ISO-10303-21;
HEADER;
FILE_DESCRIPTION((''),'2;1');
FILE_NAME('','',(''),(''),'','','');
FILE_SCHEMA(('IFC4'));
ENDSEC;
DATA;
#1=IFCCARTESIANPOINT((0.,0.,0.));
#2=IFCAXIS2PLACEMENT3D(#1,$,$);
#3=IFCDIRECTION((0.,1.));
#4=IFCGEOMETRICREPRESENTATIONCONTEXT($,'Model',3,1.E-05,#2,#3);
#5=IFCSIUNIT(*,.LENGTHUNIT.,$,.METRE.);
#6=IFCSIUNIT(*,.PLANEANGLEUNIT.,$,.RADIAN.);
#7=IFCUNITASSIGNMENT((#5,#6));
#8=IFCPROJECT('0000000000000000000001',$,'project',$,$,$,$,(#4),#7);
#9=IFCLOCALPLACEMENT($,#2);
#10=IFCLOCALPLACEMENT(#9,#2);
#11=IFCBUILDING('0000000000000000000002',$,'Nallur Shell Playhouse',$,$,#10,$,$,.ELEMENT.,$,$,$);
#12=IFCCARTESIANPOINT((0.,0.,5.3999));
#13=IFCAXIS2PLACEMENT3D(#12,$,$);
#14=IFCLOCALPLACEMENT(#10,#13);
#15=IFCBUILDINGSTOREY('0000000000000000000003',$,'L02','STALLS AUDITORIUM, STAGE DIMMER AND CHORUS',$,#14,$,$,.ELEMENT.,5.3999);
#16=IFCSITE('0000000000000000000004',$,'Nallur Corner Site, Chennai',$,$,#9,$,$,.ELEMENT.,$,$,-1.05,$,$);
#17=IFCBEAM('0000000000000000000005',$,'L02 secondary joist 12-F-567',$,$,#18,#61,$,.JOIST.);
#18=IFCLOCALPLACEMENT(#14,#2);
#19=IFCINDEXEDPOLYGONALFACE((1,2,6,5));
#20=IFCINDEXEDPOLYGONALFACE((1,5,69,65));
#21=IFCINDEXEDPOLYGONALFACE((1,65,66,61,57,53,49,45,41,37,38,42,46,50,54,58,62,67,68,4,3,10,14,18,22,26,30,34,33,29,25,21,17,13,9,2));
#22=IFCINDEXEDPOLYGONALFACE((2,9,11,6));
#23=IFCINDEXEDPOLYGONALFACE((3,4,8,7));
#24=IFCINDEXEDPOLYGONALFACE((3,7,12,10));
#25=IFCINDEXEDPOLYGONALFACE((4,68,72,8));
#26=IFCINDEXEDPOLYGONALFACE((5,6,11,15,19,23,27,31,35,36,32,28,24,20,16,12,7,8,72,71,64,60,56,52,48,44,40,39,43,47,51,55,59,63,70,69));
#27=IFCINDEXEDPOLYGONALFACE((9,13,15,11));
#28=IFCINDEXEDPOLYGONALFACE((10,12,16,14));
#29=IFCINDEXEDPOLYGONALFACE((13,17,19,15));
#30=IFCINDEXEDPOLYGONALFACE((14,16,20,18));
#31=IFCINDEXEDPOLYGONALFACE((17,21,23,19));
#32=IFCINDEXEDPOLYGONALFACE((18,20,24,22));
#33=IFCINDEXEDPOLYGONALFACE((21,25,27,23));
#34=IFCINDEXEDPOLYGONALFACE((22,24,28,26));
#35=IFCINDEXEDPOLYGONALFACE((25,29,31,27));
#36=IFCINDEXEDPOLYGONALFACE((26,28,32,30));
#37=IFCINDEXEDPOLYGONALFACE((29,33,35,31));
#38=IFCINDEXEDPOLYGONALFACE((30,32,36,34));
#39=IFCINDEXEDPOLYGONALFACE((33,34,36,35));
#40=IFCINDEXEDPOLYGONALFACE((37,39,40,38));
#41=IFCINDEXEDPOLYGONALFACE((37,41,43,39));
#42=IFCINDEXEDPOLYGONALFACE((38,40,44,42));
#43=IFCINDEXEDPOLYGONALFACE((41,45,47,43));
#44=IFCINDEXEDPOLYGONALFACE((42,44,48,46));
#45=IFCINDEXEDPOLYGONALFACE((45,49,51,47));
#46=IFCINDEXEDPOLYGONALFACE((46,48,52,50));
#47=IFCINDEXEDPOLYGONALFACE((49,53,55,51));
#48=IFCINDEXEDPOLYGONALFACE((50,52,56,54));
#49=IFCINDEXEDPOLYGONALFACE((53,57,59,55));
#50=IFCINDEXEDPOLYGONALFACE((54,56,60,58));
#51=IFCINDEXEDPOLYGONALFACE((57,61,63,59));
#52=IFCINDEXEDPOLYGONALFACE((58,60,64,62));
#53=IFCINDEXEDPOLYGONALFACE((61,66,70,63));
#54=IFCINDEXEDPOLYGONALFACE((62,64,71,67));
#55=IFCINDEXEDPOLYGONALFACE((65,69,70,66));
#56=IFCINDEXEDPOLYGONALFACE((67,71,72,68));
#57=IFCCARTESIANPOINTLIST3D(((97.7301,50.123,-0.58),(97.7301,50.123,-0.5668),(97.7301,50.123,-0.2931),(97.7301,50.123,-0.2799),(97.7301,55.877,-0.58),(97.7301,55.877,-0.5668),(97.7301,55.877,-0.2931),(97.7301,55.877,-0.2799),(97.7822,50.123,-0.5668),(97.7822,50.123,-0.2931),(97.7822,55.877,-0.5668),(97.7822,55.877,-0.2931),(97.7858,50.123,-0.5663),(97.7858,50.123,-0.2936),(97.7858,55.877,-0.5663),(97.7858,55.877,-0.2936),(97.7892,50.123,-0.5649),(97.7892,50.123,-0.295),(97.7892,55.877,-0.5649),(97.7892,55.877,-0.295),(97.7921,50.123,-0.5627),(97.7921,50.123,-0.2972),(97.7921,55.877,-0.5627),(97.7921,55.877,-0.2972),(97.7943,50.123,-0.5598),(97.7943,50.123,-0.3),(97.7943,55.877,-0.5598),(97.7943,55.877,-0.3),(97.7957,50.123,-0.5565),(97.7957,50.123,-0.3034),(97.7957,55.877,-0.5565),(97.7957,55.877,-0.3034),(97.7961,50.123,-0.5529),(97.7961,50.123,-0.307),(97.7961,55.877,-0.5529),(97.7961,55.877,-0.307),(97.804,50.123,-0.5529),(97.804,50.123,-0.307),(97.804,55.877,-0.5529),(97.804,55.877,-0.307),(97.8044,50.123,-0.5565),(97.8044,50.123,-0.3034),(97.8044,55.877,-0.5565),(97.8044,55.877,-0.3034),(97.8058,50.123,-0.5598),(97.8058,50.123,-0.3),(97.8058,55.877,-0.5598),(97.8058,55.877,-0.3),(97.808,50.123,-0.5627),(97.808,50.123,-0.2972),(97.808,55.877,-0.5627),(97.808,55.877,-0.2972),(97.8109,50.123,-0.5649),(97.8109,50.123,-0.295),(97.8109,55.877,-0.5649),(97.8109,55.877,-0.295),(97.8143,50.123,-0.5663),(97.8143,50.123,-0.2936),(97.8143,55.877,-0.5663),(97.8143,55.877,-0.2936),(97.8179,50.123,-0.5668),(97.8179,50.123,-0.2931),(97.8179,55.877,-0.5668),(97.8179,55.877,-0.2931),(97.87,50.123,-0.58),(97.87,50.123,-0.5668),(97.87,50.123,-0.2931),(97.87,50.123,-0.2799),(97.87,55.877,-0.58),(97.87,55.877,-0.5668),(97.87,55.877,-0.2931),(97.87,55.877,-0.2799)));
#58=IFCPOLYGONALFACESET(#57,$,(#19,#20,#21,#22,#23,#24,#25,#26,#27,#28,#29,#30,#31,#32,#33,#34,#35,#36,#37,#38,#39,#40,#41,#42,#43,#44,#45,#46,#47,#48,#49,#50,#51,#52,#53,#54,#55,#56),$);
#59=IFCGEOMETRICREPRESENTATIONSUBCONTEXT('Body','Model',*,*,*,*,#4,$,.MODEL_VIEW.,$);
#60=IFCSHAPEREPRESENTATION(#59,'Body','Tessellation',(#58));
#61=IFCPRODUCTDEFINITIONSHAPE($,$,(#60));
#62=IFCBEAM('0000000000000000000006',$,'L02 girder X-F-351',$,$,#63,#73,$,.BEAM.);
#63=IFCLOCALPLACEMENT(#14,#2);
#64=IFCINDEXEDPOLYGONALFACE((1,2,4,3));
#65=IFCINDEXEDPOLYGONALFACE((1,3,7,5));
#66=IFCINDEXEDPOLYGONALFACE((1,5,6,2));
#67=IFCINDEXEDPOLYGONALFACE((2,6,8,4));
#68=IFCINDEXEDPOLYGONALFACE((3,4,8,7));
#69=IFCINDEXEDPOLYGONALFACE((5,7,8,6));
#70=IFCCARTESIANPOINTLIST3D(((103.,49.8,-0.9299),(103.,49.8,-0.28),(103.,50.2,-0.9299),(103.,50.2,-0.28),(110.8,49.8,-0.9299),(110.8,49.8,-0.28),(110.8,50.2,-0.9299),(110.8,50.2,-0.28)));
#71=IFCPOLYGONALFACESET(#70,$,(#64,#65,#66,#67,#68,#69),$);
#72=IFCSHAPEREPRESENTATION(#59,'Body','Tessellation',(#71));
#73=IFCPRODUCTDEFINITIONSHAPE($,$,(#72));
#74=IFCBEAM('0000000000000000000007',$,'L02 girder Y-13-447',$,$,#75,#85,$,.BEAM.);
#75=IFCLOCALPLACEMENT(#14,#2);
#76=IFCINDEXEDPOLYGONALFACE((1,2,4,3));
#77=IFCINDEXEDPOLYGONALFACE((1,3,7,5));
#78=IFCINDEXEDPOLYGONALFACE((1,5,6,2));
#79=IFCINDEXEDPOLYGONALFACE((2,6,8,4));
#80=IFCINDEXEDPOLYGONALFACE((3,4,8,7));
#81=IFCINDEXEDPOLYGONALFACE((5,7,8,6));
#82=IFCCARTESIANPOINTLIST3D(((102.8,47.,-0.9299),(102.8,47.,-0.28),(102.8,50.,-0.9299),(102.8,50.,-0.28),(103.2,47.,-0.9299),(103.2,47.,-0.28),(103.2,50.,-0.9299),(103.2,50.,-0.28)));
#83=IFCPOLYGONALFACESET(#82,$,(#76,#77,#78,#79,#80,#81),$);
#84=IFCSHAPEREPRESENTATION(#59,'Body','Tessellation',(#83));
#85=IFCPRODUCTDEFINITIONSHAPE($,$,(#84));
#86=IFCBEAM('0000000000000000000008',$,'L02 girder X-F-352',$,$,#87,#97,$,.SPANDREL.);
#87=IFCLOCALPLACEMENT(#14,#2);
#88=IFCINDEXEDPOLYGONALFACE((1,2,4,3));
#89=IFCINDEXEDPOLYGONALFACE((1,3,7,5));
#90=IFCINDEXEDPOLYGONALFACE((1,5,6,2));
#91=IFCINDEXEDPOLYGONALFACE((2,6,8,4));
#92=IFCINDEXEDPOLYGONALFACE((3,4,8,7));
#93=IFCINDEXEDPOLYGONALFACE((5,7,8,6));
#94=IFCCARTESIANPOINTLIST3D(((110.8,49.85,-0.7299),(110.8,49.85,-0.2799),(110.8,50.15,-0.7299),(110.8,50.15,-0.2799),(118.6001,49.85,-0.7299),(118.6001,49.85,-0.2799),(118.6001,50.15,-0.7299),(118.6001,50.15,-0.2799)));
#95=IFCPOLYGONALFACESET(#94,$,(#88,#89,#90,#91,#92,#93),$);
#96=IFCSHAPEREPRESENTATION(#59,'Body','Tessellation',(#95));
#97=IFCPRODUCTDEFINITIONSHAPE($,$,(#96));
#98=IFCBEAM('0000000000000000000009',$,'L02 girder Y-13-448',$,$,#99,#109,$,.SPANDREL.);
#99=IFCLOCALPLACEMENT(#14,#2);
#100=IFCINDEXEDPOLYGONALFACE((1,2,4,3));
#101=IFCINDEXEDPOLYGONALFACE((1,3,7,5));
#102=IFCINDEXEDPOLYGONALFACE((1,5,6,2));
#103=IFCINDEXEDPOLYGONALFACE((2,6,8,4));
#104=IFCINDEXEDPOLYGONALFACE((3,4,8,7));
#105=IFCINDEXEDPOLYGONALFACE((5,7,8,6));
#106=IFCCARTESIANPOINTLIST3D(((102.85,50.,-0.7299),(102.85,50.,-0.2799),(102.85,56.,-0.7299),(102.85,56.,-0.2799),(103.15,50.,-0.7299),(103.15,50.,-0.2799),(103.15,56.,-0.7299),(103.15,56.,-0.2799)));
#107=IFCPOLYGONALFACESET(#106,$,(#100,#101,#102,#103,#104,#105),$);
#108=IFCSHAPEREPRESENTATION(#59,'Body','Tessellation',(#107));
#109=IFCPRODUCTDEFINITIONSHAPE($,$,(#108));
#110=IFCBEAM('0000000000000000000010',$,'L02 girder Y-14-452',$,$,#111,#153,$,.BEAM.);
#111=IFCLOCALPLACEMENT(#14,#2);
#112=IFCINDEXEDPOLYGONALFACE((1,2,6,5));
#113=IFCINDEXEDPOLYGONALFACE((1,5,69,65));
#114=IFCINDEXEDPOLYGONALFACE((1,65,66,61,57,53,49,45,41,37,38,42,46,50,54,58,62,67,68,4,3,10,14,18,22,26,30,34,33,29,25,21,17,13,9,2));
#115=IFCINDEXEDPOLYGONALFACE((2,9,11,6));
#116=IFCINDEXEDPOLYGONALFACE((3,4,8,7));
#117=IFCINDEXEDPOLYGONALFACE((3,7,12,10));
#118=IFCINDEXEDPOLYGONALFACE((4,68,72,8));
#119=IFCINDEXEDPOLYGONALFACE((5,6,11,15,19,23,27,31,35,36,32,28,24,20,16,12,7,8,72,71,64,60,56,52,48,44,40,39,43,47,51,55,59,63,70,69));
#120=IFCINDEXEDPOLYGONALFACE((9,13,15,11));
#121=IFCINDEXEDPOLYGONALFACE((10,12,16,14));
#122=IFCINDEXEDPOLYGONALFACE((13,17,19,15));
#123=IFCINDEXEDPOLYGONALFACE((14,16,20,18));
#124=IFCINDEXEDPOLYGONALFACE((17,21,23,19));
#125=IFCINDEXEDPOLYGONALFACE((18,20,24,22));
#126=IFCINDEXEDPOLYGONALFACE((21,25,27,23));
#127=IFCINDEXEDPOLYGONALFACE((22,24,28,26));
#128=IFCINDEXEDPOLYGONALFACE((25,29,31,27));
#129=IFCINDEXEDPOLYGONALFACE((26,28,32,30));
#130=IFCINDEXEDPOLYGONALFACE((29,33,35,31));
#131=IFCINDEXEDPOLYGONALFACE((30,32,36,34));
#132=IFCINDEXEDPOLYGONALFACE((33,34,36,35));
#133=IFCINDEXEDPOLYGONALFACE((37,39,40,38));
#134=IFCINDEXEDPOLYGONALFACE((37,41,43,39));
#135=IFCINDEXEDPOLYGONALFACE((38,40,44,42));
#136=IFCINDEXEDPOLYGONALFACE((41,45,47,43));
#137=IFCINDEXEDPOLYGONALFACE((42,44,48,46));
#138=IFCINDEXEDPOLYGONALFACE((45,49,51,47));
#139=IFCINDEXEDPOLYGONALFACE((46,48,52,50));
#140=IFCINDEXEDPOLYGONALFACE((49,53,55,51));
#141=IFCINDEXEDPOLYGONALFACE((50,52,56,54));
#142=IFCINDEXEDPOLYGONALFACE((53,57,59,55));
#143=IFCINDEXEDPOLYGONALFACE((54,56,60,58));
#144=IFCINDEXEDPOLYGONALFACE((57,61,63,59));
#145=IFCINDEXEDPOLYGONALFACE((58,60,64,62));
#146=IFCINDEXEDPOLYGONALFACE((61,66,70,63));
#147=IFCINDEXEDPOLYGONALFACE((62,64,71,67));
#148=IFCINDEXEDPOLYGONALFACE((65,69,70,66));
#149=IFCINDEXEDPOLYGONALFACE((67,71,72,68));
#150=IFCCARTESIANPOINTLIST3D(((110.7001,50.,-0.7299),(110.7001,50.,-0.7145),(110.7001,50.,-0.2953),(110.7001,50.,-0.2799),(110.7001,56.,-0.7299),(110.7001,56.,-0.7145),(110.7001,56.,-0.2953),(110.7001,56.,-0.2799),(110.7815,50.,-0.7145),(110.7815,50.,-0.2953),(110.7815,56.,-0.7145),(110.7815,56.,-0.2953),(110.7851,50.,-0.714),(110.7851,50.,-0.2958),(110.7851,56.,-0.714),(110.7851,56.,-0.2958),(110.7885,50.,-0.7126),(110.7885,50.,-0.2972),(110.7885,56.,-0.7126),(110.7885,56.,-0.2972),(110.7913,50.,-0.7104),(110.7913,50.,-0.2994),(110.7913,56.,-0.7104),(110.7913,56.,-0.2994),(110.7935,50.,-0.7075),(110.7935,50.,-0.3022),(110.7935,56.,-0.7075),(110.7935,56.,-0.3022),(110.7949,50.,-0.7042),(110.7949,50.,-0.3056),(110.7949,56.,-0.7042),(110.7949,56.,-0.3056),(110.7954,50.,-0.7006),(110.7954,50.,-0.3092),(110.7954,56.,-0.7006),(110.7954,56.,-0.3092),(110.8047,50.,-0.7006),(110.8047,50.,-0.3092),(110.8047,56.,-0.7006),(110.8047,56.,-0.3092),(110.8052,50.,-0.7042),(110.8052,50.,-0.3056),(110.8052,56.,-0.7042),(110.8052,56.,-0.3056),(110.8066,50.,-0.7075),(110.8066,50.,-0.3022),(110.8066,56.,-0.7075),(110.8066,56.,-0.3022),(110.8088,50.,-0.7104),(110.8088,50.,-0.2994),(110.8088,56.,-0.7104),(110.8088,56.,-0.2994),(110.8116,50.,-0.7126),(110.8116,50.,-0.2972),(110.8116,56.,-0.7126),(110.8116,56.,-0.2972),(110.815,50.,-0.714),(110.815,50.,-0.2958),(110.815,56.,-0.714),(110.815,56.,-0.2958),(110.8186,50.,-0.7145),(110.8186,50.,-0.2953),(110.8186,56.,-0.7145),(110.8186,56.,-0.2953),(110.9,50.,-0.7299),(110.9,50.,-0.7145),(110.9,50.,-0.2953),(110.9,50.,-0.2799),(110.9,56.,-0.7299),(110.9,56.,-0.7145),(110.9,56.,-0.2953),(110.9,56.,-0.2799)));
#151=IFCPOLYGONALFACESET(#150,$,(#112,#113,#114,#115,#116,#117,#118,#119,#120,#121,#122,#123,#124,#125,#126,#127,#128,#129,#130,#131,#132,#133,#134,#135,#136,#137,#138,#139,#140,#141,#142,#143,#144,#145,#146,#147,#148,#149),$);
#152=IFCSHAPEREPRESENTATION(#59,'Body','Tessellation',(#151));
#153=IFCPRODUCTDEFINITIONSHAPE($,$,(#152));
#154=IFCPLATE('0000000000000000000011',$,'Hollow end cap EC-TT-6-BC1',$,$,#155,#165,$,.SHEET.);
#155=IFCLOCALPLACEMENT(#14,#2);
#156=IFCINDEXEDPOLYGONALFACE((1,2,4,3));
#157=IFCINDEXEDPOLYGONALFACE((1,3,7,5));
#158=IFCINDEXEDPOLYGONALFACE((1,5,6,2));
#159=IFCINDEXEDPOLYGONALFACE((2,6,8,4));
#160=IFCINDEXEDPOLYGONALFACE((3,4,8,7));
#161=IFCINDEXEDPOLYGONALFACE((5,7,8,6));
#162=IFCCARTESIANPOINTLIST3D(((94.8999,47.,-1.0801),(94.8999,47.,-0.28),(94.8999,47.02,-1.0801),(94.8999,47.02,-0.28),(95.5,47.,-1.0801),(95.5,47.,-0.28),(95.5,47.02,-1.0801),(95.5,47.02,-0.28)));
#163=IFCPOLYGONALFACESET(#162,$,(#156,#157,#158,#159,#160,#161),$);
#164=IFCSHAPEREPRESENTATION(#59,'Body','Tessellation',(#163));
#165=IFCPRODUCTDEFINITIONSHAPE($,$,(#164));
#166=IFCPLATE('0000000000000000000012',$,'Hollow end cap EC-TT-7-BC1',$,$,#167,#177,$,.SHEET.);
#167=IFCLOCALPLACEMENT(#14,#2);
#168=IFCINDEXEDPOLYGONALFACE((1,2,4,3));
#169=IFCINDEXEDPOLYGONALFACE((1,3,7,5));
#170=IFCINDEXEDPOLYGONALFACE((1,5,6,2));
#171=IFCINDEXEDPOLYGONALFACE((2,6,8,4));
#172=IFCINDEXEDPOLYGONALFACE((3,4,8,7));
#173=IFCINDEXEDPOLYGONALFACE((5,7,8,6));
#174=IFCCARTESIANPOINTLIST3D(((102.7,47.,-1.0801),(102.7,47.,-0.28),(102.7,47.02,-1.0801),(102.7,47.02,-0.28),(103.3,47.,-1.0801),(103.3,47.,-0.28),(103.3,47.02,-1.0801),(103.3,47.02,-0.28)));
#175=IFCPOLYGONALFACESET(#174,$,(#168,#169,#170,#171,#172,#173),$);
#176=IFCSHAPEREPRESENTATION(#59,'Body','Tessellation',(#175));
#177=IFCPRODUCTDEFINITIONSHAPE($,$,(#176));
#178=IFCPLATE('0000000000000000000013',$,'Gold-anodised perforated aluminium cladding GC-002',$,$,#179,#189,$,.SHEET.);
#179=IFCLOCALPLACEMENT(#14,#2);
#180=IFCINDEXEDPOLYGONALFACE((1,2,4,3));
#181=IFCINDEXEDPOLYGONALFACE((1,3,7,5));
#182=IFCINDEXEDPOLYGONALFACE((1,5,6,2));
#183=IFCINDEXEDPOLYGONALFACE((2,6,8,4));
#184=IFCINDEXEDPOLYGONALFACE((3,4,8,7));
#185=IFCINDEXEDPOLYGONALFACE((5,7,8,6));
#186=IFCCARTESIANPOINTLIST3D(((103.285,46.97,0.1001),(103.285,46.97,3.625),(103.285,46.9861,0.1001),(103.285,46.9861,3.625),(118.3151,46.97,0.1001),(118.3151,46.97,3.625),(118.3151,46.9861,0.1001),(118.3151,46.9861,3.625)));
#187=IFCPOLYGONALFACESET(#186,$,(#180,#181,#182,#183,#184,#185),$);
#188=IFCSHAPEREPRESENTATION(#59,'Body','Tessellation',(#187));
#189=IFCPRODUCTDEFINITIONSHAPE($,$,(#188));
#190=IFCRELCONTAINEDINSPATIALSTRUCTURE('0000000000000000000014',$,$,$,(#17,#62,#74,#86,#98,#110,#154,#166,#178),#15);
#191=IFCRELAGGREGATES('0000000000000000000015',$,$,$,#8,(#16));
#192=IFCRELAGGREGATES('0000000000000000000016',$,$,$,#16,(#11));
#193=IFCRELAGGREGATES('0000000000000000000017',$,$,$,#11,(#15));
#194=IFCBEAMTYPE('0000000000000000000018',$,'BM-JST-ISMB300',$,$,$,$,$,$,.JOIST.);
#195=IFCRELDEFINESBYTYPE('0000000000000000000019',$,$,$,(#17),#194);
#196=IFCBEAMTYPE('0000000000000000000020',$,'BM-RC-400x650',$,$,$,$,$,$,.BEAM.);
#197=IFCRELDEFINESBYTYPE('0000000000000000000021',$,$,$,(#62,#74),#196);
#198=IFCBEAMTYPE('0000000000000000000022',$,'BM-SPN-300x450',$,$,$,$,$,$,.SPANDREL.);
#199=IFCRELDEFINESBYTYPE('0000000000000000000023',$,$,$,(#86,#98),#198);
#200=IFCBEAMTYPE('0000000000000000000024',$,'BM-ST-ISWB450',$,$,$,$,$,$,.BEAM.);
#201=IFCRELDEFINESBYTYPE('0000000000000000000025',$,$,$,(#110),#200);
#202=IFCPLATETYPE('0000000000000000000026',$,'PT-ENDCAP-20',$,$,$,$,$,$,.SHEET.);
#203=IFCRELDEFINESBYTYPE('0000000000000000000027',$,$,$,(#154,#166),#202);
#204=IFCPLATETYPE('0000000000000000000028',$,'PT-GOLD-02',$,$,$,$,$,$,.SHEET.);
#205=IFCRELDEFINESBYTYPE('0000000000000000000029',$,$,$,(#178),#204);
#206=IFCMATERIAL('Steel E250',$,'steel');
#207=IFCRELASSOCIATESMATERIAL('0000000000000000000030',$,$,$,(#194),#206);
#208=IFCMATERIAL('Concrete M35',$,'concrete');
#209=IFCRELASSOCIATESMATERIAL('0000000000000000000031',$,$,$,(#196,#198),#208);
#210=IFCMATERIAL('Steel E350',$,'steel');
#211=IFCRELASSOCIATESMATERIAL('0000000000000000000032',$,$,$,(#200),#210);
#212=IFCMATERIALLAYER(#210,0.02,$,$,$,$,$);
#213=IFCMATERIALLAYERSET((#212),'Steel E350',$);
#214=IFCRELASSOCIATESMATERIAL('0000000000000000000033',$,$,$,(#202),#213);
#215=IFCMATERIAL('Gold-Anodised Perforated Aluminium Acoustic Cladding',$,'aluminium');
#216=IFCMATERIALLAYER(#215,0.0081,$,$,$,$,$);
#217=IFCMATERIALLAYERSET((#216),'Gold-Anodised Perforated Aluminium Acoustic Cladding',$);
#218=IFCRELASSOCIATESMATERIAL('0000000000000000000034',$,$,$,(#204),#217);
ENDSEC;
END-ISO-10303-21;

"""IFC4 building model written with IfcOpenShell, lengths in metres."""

from ifc_helpers import new_model, si_unit, direction, frame, origin, origin_2d, place, context, subcontext, project, spatial, rectangle, i_section, extrude, material, layer, layer_set, material_profile, profile_set, type_object, element, save


model = new_model("IFC4")

# Units and contexts
model_context = context("Model", 3, precision=1e-05, world=origin(), true_north=direction((0.0, 1.0)))
body_context = subcontext(model_context, "Body", "Model", "MODEL_VIEW")
ifc_project = project(units=[si_unit("LENGTHUNIT", "METRE"), si_unit("PLANEANGLEUNIT", "RADIAN")], contexts=[model_context])

# Site, building, storey
site_placement = place(None, origin())
site = spatial("IfcSite", under=ifc_project, at=site_placement, Name="Nallur Corner Site, Chennai", CompositionType="ELEMENT", RefElevation=-1.05)
building_placement = place(site_placement, origin())
building = spatial("IfcBuilding", under=site, at=building_placement, Name="Nallur Shell Playhouse", CompositionType="ELEMENT")
storey_placement = place(building_placement, frame((0.0, 0.0, 5.3999)))
storey = spatial("IfcBuildingStorey", under=building, at=storey_placement, Name="L02", Description="STALLS AUDITORIUM, STAGE DIMMER AND CHORUS", CompositionType="ELEMENT", Elevation=5.3999)

# Shared definitions
ifc_material_1 = material(Name="Steel E350", Category="steel")

# Beams
ifc_material_2 = material(Name="Steel E250", Category="steel")
ifc_material_profile_1 = material_profile(ifc_material_2, i_section(OverallWidth=0.1399, OverallDepth=0.3, WebThickness=0.0078, FlangeThickness=0.0132, FilletRadius=0.0139, at=origin_2d()), Name="ISMB 300")
ifc_profile_set_1 = profile_set([ifc_material_profile_1], Name="Steel E250")
beam_type_1 = type_object("IfcBeamType", Name="BM-JST-ISMB300", PredefinedType="JOIST", material=ifc_profile_set_1)
beam_1_placement = place(storey_placement, frame((97.8, 50.123, -0.4299), z_axis=(0.0, 1.0, 0.0), x_axis=(-1.0, 0.0, 0.0)))
element("IfcBeam", 1, at=beam_1_placement, inside=storey, type_object=beam_type_1, Name="L02 secondary joist 12-F-567", PredefinedType="JOIST", context=body_context, shape_type="SweptSolid", body=[
    extrude(i_section(OverallWidth=0.1399, OverallDepth=0.3, WebThickness=0.0078, FlangeThickness=0.0132, FilletRadius=0.0139, at=origin_2d()), origin(), (0.0, 0.0, 1.0), 5.7539),
])
ifc_material_3 = material(Name="Concrete M35", Category="concrete")
ifc_material_profile_2 = material_profile(ifc_material_3, rectangle(XDim=0.3999, YDim=0.6499, at=origin_2d()), Name="RC 400x650")
ifc_profile_set_2 = profile_set([ifc_material_profile_2], Name="Concrete M35")
beam_type_2 = type_object("IfcBeamType", Name="BM-RC-400x650", PredefinedType="BEAM", material=ifc_profile_set_2)
beam_2_placement = place(storey_placement, frame((103.0, 50.0, -0.605), z_axis=(1.0, 0.0, 0.0), x_axis=(0.0, 1.0, 0.0)))
element("IfcBeam", 2, at=beam_2_placement, inside=storey, type_object=beam_type_2, Name="L02 girder X-F-351", PredefinedType="BEAM", context=body_context, shape_type="SweptSolid", body=[
    extrude(rectangle(XDim=0.3999, YDim=0.6499, at=origin_2d()), origin(), (0.0, 0.0, 1.0), 7.8),
])
beam_3_placement = place(storey_placement, frame((103.0, 47.0, -0.605), z_axis=(0.0, 1.0, 0.0), x_axis=(-1.0, 0.0, 0.0)))
element("IfcBeam", 3, at=beam_3_placement, inside=storey, type_object=beam_type_2, Name="L02 girder Y-13-447", PredefinedType="BEAM", context=body_context, shape_type="SweptSolid", body=[
    extrude(rectangle(XDim=0.3999, YDim=0.6499, at=origin_2d()), origin(), (0.0, 0.0, 1.0), 3.0),
])
ifc_material_profile_3 = material_profile(ifc_material_3, rectangle(XDim=0.3, YDim=0.45, at=origin_2d()), Name="RC 300x450")
ifc_profile_set_3 = profile_set([ifc_material_profile_3], Name="Concrete M35")
beam_type_3 = type_object("IfcBeamType", Name="BM-SPN-300x450", PredefinedType="SPANDREL", material=ifc_profile_set_3)
beam_4_placement = place(storey_placement, frame((110.8, 50.0, -0.5049), z_axis=(1.0, 0.0, 0.0), x_axis=(0.0, 1.0, 0.0)))
element("IfcBeam", 4, at=beam_4_placement, inside=storey, type_object=beam_type_3, Name="L02 girder X-F-352", PredefinedType="SPANDREL", context=body_context, shape_type="SweptSolid", body=[
    extrude(rectangle(XDim=0.3, YDim=0.45, at=origin_2d()), origin(), (0.0, 0.0, 1.0), 7.8),
])
beam_5_placement = place(storey_placement, frame((103.0, 50.0, -0.5049), z_axis=(0.0, 1.0, 0.0), x_axis=(-1.0, 0.0, 0.0)))
element("IfcBeam", 5, at=beam_5_placement, inside=storey, type_object=beam_type_3, Name="L02 girder Y-13-448", PredefinedType="SPANDREL", context=body_context, shape_type="SweptSolid", body=[
    extrude(rectangle(XDim=0.3, YDim=0.45, at=origin_2d()), origin(), (0.0, 0.0, 1.0), 6.0),
])
ifc_material_profile_4 = material_profile(ifc_material_1, i_section(OverallWidth=0.2, OverallDepth=0.45, WebThickness=0.0093, FlangeThickness=0.0154, FilletRadius=0.0139, at=origin_2d()), Name="ISWB 450")
ifc_profile_set_4 = profile_set([ifc_material_profile_4], Name="Steel E350")
beam_type_4 = type_object("IfcBeamType", Name="BM-ST-ISWB450", PredefinedType="BEAM", material=ifc_profile_set_4)
beam_6_placement = place(storey_placement, frame((110.8, 50.0, -0.5049), z_axis=(0.0, 1.0, 0.0), x_axis=(-1.0, 0.0, 0.0)))
element("IfcBeam", 6, at=beam_6_placement, inside=storey, type_object=beam_type_4, Name="L02 girder Y-14-452", PredefinedType="BEAM", context=body_context, shape_type="SweptSolid", body=[
    extrude(i_section(OverallWidth=0.2, OverallDepth=0.45, WebThickness=0.0093, FlangeThickness=0.0154, FilletRadius=0.0139, at=origin_2d()), origin(), (0.0, 0.0, 1.0), 6.0),
])

# Plates
ifc_layer_1 = layer(ifc_material_1, 0.02)
ifc_layer_set_1 = layer_set([ifc_layer_1], Name="Steel E350")
plate_type_1 = type_object("IfcPlateType", Name="PT-ENDCAP-20", PredefinedType="SHEET", material=ifc_layer_set_1)
for number, where, z_axis, x_axis, name in (
    (7, (95.2, 47.01, -1.0801), (0.0, 0.0, 1.0), (1.0, 0.0, 0.0), "Hollow end cap EC-TT-6-BC1"),
    (8, (103.0, 47.01, -1.0801), (0.0, 0.0, 1.0), (1.0, 0.0, 0.0), "Hollow end cap EC-TT-7-BC1"),
):
    element("IfcPlate", number, at=place(storey_placement, frame(where, z_axis=z_axis, x_axis=x_axis)), inside=storey, type_object=plate_type_1, Name=name, PredefinedType="SHEET", context=body_context, shape_type="SweptSolid", body=[
        extrude(rectangle(XDim=0.6001, YDim=0.02, at=origin_2d()), origin(), (0.0, 0.0, 1.0), 0.8),
    ])
ifc_material_4 = material(Name="Gold-Anodised Perforated Aluminium Acoustic Cladding", Category="aluminium")
ifc_layer_2 = layer(ifc_material_4, 0.0081)
ifc_layer_set_2 = layer_set([ifc_layer_2], Name="Gold-Anodised Perforated Aluminium Acoustic Cladding")
plate_type_2 = type_object("IfcPlateType", Name="PT-GOLD-02", PredefinedType="SHEET", material=ifc_layer_set_2)
plate_placement = place(storey_placement, frame((110.8, 46.978, 0.1001), z_axis=(0.0, 0.0, 1.0), x_axis=(1.0, 0.0, 0.0)))
element("IfcPlate", 9, at=plate_placement, inside=storey, type_object=plate_type_2, Name="Gold-anodised perforated aluminium cladding GC-002", PredefinedType="SHEET", context=body_context, shape_type="SweptSolid", body=[
    extrude(rectangle(XDim=15.03, YDim=0.0161, at=origin_2d()), origin(), (0.0, 0.0, 1.0), 3.5249),
])

save(model, "model.ifc")
